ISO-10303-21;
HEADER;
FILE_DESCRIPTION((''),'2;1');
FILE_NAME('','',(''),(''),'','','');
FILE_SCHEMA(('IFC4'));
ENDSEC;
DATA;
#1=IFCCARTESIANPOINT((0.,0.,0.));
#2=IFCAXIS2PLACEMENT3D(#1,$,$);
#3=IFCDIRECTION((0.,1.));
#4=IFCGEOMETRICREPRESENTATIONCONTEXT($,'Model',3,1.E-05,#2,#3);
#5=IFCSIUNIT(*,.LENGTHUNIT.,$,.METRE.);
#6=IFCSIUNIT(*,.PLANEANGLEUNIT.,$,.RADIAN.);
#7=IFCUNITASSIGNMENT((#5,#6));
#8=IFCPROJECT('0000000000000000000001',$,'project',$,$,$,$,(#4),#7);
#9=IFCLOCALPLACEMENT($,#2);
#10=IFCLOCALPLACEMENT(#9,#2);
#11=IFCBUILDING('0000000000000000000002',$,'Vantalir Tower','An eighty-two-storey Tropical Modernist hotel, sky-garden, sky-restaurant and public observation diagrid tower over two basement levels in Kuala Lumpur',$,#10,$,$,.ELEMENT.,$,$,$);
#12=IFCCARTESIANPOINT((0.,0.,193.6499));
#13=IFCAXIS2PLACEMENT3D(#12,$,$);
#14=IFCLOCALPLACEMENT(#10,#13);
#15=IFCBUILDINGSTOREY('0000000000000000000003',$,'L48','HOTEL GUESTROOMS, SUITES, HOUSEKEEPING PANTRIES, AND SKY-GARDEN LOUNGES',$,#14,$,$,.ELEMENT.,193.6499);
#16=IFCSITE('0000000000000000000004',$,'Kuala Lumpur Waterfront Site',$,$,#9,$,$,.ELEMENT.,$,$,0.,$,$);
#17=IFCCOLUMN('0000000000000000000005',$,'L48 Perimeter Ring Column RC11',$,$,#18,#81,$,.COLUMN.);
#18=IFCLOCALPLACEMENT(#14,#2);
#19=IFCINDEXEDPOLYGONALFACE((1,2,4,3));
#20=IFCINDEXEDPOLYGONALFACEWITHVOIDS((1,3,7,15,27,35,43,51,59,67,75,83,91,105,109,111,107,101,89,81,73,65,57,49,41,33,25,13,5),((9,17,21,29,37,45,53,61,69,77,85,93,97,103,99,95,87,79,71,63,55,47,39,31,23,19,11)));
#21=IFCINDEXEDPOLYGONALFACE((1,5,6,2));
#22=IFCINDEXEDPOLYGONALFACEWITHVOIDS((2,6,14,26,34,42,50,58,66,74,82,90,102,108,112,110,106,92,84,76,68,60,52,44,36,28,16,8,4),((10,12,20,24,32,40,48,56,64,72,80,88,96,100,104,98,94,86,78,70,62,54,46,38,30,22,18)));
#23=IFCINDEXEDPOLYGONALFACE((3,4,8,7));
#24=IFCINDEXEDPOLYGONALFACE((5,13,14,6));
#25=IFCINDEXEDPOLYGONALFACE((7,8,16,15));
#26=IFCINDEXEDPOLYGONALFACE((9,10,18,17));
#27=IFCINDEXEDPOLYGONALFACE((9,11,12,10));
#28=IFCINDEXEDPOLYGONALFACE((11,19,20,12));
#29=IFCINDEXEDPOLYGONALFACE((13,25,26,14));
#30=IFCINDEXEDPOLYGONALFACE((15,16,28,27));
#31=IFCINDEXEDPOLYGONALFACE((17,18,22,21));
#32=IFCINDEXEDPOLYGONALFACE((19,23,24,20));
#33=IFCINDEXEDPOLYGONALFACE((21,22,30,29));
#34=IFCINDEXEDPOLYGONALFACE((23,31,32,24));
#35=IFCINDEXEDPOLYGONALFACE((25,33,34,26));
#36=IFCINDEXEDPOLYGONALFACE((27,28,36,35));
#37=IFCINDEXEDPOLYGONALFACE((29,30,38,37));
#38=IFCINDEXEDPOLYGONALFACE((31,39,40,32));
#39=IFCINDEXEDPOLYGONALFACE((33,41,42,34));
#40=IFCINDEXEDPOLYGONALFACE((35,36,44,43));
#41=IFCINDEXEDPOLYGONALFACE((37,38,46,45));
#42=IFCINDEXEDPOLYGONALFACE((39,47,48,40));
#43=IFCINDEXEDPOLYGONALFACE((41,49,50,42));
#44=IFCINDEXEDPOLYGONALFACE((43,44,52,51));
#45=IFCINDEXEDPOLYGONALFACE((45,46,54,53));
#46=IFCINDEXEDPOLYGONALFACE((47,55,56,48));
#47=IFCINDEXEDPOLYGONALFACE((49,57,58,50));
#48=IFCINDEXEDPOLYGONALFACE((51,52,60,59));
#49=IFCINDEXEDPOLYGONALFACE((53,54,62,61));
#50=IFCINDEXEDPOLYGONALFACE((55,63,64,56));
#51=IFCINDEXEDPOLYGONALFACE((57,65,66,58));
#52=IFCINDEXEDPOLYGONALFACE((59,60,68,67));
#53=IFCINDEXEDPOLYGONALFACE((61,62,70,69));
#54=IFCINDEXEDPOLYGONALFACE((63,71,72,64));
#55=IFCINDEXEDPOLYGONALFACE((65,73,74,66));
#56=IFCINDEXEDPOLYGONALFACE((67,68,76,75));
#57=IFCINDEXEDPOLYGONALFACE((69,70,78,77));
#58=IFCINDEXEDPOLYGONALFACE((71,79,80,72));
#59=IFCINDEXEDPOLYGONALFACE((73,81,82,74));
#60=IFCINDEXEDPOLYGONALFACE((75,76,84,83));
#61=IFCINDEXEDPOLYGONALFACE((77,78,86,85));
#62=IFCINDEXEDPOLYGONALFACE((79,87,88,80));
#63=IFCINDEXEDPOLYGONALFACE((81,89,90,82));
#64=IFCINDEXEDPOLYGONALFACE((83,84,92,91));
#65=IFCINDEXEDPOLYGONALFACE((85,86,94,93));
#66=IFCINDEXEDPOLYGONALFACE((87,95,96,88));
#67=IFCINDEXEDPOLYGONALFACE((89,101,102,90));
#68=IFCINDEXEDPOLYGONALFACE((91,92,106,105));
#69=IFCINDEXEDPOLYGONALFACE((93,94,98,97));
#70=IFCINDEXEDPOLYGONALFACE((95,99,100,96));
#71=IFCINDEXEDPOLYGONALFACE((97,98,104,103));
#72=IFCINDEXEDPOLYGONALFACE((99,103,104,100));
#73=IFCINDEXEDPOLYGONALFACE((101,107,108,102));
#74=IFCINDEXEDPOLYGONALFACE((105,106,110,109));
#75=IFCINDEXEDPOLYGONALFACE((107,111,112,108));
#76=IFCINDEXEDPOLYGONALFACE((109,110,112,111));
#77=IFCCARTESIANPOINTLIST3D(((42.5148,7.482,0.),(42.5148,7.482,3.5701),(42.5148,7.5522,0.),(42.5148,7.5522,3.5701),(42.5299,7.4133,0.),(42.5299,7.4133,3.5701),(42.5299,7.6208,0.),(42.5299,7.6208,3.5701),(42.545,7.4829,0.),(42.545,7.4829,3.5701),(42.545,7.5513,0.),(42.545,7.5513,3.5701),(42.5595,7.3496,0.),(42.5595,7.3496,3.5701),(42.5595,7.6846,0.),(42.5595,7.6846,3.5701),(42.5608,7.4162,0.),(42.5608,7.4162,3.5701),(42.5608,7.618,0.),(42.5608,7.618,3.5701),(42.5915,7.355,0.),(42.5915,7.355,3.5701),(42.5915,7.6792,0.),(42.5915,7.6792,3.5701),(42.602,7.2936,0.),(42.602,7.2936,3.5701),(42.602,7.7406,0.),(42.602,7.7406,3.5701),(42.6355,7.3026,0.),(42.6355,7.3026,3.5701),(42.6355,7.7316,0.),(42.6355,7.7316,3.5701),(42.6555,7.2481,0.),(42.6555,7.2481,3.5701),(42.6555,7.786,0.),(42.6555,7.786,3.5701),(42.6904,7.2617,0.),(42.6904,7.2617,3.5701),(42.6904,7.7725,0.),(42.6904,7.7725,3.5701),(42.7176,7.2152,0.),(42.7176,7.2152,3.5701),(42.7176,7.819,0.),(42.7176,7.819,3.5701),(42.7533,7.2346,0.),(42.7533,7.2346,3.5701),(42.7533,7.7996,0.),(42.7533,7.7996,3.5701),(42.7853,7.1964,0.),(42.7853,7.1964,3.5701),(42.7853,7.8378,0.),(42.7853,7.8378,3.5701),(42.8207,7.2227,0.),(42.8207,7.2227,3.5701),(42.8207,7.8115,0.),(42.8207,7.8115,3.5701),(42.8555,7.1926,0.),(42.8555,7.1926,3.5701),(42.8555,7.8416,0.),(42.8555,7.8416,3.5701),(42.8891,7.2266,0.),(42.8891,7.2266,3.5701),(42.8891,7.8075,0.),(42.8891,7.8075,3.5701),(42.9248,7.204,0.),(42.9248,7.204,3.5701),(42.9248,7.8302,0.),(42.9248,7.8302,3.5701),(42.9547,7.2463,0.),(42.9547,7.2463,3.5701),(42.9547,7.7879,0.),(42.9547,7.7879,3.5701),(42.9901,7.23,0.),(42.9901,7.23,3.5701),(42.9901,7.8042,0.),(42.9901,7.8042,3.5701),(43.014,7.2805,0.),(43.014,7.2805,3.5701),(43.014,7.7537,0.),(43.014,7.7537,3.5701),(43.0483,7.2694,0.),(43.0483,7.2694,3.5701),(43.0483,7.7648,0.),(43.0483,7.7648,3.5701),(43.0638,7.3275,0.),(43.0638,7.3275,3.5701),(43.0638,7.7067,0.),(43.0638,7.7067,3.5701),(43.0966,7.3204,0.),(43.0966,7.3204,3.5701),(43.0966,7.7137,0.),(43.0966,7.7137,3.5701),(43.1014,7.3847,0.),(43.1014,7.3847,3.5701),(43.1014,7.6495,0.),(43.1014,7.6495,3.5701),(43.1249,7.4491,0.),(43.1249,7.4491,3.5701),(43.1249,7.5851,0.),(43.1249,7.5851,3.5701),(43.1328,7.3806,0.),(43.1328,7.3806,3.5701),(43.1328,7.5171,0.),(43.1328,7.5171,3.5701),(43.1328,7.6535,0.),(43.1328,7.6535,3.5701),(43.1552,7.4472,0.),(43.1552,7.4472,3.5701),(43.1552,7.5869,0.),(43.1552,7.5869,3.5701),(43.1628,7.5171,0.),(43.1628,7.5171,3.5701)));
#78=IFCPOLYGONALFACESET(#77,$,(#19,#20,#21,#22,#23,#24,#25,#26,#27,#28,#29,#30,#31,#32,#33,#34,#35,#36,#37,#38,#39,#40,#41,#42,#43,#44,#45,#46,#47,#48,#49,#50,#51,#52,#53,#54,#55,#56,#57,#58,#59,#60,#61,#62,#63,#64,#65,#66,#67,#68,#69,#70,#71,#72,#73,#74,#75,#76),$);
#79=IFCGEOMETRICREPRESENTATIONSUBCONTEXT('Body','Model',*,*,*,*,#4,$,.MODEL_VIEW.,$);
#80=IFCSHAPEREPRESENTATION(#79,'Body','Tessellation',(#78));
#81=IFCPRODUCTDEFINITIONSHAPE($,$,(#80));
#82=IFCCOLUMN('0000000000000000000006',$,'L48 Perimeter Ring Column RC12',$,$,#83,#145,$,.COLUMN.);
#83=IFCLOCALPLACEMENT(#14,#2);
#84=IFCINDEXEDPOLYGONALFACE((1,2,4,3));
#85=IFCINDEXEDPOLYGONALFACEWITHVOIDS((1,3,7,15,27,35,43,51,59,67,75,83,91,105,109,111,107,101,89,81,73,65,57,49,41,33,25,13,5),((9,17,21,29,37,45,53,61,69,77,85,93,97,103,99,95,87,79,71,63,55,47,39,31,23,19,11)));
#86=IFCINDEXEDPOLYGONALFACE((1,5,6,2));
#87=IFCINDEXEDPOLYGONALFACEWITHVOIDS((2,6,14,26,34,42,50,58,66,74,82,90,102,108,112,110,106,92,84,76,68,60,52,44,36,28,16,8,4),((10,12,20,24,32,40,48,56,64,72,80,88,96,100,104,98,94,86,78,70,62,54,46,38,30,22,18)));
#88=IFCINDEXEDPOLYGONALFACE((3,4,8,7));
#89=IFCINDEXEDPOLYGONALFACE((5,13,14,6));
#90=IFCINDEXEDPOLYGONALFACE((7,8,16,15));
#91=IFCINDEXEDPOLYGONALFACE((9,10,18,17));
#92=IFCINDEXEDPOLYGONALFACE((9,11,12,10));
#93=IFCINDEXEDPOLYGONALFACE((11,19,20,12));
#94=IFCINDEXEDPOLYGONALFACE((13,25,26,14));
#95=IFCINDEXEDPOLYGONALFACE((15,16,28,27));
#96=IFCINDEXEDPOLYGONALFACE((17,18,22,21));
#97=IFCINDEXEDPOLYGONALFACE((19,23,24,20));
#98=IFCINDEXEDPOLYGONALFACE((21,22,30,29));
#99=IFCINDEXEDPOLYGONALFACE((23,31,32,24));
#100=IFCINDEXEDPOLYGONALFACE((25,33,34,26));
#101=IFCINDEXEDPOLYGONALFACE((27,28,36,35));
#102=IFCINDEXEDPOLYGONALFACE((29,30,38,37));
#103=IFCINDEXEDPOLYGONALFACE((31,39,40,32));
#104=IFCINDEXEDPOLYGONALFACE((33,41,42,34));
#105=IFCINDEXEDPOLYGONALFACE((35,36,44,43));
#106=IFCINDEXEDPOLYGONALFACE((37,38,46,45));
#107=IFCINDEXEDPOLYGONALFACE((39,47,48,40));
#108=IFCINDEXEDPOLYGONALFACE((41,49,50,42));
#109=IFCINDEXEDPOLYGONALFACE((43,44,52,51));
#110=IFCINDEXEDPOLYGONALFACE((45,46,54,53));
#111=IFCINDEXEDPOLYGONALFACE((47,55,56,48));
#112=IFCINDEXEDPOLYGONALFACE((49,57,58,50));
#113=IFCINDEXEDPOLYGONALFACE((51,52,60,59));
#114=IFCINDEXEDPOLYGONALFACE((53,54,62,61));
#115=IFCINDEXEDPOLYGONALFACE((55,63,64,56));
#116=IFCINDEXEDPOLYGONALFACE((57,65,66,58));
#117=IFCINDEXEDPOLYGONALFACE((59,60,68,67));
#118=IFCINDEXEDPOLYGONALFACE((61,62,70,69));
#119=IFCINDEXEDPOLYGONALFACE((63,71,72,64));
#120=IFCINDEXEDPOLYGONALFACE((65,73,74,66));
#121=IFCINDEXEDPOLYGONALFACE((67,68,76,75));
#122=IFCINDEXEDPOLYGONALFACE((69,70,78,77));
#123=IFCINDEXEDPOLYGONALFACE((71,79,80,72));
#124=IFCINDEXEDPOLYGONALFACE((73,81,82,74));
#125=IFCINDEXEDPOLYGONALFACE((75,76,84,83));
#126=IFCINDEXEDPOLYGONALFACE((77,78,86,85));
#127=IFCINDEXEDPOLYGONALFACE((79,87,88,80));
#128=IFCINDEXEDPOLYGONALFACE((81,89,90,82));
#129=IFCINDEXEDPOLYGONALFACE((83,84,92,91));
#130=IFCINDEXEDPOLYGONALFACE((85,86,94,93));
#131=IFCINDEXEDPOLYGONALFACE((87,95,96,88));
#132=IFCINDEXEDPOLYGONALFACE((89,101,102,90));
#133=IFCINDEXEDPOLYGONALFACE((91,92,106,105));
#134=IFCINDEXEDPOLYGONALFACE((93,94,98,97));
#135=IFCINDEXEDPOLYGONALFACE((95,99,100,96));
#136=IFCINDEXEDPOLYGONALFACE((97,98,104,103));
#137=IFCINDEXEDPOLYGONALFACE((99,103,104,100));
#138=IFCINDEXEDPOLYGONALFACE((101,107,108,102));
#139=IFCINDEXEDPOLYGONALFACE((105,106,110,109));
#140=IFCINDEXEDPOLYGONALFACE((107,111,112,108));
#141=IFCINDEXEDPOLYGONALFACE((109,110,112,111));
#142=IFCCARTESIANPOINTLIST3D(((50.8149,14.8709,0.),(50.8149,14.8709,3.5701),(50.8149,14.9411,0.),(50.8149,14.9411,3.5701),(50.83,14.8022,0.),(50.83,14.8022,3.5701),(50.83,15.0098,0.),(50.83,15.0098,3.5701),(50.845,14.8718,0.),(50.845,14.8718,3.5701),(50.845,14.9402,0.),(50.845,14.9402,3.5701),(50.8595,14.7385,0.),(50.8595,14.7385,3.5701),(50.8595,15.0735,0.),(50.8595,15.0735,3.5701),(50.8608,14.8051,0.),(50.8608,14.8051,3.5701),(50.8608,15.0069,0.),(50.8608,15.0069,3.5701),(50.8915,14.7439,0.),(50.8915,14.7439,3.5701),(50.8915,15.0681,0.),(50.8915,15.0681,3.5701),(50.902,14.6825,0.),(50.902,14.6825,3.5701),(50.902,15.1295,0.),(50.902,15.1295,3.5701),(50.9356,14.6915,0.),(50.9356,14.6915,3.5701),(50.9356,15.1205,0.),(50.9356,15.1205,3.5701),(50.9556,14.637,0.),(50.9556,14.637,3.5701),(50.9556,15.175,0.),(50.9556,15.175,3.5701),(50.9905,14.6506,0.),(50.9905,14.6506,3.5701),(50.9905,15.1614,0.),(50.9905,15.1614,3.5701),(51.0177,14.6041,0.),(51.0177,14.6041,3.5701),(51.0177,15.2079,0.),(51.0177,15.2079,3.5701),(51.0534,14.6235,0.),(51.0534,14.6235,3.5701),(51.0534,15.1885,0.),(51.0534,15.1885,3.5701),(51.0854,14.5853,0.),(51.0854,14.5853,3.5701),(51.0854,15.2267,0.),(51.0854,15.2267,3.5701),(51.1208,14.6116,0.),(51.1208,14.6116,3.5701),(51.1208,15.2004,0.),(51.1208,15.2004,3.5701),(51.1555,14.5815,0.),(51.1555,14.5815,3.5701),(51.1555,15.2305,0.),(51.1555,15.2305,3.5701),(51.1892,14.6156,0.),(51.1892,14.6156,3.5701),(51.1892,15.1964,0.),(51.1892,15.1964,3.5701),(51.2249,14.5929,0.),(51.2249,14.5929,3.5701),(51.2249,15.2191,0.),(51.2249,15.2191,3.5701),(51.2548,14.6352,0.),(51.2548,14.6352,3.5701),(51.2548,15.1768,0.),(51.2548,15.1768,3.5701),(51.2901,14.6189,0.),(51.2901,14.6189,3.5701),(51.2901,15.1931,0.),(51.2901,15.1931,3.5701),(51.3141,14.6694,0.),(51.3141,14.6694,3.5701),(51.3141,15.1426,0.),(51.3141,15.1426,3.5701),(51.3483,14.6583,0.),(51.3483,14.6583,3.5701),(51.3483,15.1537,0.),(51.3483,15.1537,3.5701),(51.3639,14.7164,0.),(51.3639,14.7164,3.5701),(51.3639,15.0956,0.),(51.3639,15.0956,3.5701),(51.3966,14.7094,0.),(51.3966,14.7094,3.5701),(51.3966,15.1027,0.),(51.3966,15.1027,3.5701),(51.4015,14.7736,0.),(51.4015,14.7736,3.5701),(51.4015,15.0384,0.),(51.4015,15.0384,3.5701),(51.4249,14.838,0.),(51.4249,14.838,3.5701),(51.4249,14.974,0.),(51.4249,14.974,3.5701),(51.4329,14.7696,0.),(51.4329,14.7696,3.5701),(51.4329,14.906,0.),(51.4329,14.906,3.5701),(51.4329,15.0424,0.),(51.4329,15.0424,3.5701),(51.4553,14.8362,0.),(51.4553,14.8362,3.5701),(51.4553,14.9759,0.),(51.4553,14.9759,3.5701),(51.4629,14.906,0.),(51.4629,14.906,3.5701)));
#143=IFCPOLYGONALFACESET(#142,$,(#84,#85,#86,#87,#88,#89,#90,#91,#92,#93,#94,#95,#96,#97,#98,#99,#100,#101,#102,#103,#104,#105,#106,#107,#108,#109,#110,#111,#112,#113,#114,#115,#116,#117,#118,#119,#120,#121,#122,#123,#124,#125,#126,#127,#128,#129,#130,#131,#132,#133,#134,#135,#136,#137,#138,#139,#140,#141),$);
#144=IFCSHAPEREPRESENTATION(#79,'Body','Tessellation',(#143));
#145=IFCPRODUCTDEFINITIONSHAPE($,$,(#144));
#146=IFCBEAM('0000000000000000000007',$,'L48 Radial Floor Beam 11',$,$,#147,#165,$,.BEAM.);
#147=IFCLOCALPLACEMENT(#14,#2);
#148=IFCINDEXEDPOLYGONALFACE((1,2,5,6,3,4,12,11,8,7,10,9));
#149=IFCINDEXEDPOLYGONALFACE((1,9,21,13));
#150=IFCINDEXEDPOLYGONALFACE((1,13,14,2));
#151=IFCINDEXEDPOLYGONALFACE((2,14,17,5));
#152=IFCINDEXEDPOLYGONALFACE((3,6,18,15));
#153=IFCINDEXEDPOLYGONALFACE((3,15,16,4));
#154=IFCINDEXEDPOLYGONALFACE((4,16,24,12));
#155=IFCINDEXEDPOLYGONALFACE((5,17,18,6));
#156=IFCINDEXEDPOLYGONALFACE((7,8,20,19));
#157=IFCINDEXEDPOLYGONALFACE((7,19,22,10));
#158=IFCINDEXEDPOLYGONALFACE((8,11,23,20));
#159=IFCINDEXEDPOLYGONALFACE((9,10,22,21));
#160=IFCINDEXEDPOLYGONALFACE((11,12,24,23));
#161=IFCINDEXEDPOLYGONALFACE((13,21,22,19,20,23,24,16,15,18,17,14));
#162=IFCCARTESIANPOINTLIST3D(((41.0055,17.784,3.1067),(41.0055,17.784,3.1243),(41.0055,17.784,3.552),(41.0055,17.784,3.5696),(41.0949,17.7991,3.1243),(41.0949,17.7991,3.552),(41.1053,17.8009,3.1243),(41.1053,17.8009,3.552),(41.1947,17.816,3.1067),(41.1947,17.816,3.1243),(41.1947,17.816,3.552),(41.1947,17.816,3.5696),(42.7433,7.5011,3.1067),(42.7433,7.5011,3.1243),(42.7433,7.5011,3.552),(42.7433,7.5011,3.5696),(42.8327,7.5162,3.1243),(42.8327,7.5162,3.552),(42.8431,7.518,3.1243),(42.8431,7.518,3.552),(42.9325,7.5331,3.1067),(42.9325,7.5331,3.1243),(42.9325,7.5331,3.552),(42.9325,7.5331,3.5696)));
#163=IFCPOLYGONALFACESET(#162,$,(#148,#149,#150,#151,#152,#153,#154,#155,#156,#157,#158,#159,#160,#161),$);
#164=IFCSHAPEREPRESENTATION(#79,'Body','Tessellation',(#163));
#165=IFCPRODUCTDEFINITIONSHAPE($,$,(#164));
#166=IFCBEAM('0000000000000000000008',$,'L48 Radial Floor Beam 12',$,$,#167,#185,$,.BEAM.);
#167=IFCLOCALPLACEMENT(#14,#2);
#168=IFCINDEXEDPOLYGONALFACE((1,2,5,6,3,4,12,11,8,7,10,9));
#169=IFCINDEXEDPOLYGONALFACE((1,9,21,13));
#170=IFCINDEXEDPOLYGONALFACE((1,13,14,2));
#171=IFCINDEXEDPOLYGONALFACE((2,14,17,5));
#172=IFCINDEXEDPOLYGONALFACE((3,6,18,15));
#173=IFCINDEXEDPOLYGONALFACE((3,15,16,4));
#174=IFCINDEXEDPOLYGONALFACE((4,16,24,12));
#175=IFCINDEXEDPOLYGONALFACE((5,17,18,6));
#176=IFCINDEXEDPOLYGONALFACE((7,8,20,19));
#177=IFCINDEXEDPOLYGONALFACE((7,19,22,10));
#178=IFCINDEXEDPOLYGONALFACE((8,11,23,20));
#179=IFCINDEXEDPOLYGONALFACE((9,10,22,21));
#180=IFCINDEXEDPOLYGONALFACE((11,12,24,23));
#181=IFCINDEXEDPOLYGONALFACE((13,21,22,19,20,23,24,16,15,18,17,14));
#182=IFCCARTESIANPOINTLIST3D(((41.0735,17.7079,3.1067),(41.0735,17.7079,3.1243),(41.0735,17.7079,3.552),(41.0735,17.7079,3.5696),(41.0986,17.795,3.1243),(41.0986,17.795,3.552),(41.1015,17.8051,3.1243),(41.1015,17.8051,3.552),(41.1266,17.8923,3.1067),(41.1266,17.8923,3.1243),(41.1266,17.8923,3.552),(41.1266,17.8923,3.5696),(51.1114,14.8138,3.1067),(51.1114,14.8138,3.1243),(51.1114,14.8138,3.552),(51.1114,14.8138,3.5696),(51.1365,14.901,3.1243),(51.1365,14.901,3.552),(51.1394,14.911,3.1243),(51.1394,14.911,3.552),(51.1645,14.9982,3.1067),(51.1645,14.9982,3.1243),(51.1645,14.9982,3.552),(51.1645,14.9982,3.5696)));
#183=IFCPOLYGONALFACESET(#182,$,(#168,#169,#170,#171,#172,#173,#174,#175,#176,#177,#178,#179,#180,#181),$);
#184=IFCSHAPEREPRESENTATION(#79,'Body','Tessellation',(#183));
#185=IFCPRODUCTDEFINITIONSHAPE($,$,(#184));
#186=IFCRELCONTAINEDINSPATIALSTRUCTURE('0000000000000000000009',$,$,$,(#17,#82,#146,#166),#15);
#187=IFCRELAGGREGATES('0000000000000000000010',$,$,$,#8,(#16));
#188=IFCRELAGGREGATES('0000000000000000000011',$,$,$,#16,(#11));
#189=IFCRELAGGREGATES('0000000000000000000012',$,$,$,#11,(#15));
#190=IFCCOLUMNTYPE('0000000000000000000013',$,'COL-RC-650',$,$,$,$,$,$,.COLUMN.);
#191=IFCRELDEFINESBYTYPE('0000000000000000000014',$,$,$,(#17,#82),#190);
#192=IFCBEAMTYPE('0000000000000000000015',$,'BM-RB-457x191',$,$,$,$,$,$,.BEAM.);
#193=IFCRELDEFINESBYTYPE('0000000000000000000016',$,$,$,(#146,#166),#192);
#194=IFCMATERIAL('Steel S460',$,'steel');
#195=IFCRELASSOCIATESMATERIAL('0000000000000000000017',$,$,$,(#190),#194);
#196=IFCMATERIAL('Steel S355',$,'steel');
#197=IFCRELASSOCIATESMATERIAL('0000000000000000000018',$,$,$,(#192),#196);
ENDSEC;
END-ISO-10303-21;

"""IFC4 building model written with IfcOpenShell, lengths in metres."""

from ifc_helpers import new_model, si_unit, direction, frame, origin, origin_2d, place, context, subcontext, project, spatial, hollow_circle, i_section, extrude, material, material_profile, profile_set, type_object, element, save


model = new_model("IFC4")

# Units and contexts
model_context = context("Model", 3, precision=1e-05, world=origin(), true_north=direction((0.0, 1.0)))
body_context = subcontext(model_context, "Body", "Model", "MODEL_VIEW")
ifc_project = project(units=[si_unit("LENGTHUNIT", "METRE"), si_unit("PLANEANGLEUNIT", "RADIAN")], contexts=[model_context])

# Site, building, storey
site_placement = place(None, origin())
site = spatial("IfcSite", under=ifc_project, at=site_placement, Name="Kuala Lumpur Waterfront Site", CompositionType="ELEMENT", RefElevation=0.0)
building_placement = place(site_placement, origin())
building = spatial("IfcBuilding", under=site, at=building_placement, Name="Vantalir Tower", Description="An eighty-two-storey Tropical Modernist hotel, sky-garden, sky-restaurant and public observation diagrid tower over two basement levels in Kuala Lumpur", CompositionType="ELEMENT")
storey_placement = place(building_placement, frame((0.0, 0.0, 193.6499)))
storey = spatial("IfcBuildingStorey", under=building, at=storey_placement, Name="L48", Description="HOTEL GUESTROOMS, SUITES, HOUSEKEEPING PANTRIES, AND SKY-GARDEN LOUNGES", CompositionType="ELEMENT", Elevation=193.6499)

# Columns
ifc_material_1 = material(Name="Steel S460", Category="steel")
ifc_material_profile_1 = material_profile(ifc_material_1, hollow_circle(Radius=0.325, WallThickness=0.03, at=origin_2d()), Name="Steel S460")
ifc_profile_set_1 = profile_set([ifc_material_profile_1], Name="Steel S460")
column_type = type_object("IfcColumnType", Name="COL-RC-650", PredefinedType="COLUMN", material=ifc_profile_set_1)
for number, where, z_axis, x_axis, name in (
    (1, (42.8379, 7.5171, 0.0), (0.0, 0.0, 1.0), (1.0, 0.0, 0.0), "L48 Perimeter Ring Column RC11"),
    (2, (51.1379, 14.906, 0.0), (0.0, 0.0, 1.0), (1.0, 0.0, 0.0), "L48 Perimeter Ring Column RC12"),
):
    element("IfcColumn", number, at=place(storey_placement, frame(where, z_axis=z_axis, x_axis=x_axis)), inside=storey, type_object=column_type, Name=name, PredefinedType="COLUMN", context=body_context, shape_type="SweptSolid", body=[
        extrude(hollow_circle(Radius=0.325, WallThickness=0.03, at=origin_2d()), origin(), (0.0, 0.0, 1.0), 3.5701),
    ])

# Beams
ifc_material_2 = material(Name="Steel S355", Category="steel")
ifc_material_profile_2 = material_profile(ifc_material_2, i_section(OverallWidth=0.1919, OverallDepth=0.4629, WebThickness=0.0105, FlangeThickness=0.0176, at=origin_2d()), Name="Steel S355")
ifc_profile_set_2 = profile_set([ifc_material_profile_2], Name="Steel S355")
beam_type_1 = type_object("IfcBeamType", Name="BM-RB-457x191", PredefinedType="BEAM", material=ifc_profile_set_2)
beam_1_placement = place(storey_placement, frame((42.8379, 7.5171, 3.3381), z_axis=(-0.166635, 0.986019, 0.0), x_axis=(-0.986019, -0.166635, 0.0)))
element("IfcBeam", 3, at=beam_1_placement, inside=storey, type_object=beam_type_1, Name="L48 Radial Floor Beam 11", PredefinedType="BEAM", context=body_context, shape_type="SweptSolid", body=[
    extrude(i_section(OverallWidth=0.1919, OverallDepth=0.4629, WebThickness=0.0105, FlangeThickness=0.0176, at=origin_2d()), origin(), (0.0, 0.0, 1.0), 10.4287),
])
beam_2_placement = place(storey_placement, frame((51.1379, 14.906, 3.3381), z_axis=(-0.960862, 0.277029, 0.0), x_axis=(-0.277029, -0.960862, 0.0)))
element("IfcBeam", 4, at=beam_2_placement, inside=storey, type_object=beam_type_1, Name="L48 Radial Floor Beam 12", PredefinedType="BEAM", context=body_context, shape_type="SweptSolid", body=[
    extrude(i_section(OverallWidth=0.1919, OverallDepth=0.4629, WebThickness=0.0105, FlangeThickness=0.0176, at=origin_2d()), origin(), (0.0, 0.0, 1.0), 10.4468),
])

save(model, "model.ifc")
